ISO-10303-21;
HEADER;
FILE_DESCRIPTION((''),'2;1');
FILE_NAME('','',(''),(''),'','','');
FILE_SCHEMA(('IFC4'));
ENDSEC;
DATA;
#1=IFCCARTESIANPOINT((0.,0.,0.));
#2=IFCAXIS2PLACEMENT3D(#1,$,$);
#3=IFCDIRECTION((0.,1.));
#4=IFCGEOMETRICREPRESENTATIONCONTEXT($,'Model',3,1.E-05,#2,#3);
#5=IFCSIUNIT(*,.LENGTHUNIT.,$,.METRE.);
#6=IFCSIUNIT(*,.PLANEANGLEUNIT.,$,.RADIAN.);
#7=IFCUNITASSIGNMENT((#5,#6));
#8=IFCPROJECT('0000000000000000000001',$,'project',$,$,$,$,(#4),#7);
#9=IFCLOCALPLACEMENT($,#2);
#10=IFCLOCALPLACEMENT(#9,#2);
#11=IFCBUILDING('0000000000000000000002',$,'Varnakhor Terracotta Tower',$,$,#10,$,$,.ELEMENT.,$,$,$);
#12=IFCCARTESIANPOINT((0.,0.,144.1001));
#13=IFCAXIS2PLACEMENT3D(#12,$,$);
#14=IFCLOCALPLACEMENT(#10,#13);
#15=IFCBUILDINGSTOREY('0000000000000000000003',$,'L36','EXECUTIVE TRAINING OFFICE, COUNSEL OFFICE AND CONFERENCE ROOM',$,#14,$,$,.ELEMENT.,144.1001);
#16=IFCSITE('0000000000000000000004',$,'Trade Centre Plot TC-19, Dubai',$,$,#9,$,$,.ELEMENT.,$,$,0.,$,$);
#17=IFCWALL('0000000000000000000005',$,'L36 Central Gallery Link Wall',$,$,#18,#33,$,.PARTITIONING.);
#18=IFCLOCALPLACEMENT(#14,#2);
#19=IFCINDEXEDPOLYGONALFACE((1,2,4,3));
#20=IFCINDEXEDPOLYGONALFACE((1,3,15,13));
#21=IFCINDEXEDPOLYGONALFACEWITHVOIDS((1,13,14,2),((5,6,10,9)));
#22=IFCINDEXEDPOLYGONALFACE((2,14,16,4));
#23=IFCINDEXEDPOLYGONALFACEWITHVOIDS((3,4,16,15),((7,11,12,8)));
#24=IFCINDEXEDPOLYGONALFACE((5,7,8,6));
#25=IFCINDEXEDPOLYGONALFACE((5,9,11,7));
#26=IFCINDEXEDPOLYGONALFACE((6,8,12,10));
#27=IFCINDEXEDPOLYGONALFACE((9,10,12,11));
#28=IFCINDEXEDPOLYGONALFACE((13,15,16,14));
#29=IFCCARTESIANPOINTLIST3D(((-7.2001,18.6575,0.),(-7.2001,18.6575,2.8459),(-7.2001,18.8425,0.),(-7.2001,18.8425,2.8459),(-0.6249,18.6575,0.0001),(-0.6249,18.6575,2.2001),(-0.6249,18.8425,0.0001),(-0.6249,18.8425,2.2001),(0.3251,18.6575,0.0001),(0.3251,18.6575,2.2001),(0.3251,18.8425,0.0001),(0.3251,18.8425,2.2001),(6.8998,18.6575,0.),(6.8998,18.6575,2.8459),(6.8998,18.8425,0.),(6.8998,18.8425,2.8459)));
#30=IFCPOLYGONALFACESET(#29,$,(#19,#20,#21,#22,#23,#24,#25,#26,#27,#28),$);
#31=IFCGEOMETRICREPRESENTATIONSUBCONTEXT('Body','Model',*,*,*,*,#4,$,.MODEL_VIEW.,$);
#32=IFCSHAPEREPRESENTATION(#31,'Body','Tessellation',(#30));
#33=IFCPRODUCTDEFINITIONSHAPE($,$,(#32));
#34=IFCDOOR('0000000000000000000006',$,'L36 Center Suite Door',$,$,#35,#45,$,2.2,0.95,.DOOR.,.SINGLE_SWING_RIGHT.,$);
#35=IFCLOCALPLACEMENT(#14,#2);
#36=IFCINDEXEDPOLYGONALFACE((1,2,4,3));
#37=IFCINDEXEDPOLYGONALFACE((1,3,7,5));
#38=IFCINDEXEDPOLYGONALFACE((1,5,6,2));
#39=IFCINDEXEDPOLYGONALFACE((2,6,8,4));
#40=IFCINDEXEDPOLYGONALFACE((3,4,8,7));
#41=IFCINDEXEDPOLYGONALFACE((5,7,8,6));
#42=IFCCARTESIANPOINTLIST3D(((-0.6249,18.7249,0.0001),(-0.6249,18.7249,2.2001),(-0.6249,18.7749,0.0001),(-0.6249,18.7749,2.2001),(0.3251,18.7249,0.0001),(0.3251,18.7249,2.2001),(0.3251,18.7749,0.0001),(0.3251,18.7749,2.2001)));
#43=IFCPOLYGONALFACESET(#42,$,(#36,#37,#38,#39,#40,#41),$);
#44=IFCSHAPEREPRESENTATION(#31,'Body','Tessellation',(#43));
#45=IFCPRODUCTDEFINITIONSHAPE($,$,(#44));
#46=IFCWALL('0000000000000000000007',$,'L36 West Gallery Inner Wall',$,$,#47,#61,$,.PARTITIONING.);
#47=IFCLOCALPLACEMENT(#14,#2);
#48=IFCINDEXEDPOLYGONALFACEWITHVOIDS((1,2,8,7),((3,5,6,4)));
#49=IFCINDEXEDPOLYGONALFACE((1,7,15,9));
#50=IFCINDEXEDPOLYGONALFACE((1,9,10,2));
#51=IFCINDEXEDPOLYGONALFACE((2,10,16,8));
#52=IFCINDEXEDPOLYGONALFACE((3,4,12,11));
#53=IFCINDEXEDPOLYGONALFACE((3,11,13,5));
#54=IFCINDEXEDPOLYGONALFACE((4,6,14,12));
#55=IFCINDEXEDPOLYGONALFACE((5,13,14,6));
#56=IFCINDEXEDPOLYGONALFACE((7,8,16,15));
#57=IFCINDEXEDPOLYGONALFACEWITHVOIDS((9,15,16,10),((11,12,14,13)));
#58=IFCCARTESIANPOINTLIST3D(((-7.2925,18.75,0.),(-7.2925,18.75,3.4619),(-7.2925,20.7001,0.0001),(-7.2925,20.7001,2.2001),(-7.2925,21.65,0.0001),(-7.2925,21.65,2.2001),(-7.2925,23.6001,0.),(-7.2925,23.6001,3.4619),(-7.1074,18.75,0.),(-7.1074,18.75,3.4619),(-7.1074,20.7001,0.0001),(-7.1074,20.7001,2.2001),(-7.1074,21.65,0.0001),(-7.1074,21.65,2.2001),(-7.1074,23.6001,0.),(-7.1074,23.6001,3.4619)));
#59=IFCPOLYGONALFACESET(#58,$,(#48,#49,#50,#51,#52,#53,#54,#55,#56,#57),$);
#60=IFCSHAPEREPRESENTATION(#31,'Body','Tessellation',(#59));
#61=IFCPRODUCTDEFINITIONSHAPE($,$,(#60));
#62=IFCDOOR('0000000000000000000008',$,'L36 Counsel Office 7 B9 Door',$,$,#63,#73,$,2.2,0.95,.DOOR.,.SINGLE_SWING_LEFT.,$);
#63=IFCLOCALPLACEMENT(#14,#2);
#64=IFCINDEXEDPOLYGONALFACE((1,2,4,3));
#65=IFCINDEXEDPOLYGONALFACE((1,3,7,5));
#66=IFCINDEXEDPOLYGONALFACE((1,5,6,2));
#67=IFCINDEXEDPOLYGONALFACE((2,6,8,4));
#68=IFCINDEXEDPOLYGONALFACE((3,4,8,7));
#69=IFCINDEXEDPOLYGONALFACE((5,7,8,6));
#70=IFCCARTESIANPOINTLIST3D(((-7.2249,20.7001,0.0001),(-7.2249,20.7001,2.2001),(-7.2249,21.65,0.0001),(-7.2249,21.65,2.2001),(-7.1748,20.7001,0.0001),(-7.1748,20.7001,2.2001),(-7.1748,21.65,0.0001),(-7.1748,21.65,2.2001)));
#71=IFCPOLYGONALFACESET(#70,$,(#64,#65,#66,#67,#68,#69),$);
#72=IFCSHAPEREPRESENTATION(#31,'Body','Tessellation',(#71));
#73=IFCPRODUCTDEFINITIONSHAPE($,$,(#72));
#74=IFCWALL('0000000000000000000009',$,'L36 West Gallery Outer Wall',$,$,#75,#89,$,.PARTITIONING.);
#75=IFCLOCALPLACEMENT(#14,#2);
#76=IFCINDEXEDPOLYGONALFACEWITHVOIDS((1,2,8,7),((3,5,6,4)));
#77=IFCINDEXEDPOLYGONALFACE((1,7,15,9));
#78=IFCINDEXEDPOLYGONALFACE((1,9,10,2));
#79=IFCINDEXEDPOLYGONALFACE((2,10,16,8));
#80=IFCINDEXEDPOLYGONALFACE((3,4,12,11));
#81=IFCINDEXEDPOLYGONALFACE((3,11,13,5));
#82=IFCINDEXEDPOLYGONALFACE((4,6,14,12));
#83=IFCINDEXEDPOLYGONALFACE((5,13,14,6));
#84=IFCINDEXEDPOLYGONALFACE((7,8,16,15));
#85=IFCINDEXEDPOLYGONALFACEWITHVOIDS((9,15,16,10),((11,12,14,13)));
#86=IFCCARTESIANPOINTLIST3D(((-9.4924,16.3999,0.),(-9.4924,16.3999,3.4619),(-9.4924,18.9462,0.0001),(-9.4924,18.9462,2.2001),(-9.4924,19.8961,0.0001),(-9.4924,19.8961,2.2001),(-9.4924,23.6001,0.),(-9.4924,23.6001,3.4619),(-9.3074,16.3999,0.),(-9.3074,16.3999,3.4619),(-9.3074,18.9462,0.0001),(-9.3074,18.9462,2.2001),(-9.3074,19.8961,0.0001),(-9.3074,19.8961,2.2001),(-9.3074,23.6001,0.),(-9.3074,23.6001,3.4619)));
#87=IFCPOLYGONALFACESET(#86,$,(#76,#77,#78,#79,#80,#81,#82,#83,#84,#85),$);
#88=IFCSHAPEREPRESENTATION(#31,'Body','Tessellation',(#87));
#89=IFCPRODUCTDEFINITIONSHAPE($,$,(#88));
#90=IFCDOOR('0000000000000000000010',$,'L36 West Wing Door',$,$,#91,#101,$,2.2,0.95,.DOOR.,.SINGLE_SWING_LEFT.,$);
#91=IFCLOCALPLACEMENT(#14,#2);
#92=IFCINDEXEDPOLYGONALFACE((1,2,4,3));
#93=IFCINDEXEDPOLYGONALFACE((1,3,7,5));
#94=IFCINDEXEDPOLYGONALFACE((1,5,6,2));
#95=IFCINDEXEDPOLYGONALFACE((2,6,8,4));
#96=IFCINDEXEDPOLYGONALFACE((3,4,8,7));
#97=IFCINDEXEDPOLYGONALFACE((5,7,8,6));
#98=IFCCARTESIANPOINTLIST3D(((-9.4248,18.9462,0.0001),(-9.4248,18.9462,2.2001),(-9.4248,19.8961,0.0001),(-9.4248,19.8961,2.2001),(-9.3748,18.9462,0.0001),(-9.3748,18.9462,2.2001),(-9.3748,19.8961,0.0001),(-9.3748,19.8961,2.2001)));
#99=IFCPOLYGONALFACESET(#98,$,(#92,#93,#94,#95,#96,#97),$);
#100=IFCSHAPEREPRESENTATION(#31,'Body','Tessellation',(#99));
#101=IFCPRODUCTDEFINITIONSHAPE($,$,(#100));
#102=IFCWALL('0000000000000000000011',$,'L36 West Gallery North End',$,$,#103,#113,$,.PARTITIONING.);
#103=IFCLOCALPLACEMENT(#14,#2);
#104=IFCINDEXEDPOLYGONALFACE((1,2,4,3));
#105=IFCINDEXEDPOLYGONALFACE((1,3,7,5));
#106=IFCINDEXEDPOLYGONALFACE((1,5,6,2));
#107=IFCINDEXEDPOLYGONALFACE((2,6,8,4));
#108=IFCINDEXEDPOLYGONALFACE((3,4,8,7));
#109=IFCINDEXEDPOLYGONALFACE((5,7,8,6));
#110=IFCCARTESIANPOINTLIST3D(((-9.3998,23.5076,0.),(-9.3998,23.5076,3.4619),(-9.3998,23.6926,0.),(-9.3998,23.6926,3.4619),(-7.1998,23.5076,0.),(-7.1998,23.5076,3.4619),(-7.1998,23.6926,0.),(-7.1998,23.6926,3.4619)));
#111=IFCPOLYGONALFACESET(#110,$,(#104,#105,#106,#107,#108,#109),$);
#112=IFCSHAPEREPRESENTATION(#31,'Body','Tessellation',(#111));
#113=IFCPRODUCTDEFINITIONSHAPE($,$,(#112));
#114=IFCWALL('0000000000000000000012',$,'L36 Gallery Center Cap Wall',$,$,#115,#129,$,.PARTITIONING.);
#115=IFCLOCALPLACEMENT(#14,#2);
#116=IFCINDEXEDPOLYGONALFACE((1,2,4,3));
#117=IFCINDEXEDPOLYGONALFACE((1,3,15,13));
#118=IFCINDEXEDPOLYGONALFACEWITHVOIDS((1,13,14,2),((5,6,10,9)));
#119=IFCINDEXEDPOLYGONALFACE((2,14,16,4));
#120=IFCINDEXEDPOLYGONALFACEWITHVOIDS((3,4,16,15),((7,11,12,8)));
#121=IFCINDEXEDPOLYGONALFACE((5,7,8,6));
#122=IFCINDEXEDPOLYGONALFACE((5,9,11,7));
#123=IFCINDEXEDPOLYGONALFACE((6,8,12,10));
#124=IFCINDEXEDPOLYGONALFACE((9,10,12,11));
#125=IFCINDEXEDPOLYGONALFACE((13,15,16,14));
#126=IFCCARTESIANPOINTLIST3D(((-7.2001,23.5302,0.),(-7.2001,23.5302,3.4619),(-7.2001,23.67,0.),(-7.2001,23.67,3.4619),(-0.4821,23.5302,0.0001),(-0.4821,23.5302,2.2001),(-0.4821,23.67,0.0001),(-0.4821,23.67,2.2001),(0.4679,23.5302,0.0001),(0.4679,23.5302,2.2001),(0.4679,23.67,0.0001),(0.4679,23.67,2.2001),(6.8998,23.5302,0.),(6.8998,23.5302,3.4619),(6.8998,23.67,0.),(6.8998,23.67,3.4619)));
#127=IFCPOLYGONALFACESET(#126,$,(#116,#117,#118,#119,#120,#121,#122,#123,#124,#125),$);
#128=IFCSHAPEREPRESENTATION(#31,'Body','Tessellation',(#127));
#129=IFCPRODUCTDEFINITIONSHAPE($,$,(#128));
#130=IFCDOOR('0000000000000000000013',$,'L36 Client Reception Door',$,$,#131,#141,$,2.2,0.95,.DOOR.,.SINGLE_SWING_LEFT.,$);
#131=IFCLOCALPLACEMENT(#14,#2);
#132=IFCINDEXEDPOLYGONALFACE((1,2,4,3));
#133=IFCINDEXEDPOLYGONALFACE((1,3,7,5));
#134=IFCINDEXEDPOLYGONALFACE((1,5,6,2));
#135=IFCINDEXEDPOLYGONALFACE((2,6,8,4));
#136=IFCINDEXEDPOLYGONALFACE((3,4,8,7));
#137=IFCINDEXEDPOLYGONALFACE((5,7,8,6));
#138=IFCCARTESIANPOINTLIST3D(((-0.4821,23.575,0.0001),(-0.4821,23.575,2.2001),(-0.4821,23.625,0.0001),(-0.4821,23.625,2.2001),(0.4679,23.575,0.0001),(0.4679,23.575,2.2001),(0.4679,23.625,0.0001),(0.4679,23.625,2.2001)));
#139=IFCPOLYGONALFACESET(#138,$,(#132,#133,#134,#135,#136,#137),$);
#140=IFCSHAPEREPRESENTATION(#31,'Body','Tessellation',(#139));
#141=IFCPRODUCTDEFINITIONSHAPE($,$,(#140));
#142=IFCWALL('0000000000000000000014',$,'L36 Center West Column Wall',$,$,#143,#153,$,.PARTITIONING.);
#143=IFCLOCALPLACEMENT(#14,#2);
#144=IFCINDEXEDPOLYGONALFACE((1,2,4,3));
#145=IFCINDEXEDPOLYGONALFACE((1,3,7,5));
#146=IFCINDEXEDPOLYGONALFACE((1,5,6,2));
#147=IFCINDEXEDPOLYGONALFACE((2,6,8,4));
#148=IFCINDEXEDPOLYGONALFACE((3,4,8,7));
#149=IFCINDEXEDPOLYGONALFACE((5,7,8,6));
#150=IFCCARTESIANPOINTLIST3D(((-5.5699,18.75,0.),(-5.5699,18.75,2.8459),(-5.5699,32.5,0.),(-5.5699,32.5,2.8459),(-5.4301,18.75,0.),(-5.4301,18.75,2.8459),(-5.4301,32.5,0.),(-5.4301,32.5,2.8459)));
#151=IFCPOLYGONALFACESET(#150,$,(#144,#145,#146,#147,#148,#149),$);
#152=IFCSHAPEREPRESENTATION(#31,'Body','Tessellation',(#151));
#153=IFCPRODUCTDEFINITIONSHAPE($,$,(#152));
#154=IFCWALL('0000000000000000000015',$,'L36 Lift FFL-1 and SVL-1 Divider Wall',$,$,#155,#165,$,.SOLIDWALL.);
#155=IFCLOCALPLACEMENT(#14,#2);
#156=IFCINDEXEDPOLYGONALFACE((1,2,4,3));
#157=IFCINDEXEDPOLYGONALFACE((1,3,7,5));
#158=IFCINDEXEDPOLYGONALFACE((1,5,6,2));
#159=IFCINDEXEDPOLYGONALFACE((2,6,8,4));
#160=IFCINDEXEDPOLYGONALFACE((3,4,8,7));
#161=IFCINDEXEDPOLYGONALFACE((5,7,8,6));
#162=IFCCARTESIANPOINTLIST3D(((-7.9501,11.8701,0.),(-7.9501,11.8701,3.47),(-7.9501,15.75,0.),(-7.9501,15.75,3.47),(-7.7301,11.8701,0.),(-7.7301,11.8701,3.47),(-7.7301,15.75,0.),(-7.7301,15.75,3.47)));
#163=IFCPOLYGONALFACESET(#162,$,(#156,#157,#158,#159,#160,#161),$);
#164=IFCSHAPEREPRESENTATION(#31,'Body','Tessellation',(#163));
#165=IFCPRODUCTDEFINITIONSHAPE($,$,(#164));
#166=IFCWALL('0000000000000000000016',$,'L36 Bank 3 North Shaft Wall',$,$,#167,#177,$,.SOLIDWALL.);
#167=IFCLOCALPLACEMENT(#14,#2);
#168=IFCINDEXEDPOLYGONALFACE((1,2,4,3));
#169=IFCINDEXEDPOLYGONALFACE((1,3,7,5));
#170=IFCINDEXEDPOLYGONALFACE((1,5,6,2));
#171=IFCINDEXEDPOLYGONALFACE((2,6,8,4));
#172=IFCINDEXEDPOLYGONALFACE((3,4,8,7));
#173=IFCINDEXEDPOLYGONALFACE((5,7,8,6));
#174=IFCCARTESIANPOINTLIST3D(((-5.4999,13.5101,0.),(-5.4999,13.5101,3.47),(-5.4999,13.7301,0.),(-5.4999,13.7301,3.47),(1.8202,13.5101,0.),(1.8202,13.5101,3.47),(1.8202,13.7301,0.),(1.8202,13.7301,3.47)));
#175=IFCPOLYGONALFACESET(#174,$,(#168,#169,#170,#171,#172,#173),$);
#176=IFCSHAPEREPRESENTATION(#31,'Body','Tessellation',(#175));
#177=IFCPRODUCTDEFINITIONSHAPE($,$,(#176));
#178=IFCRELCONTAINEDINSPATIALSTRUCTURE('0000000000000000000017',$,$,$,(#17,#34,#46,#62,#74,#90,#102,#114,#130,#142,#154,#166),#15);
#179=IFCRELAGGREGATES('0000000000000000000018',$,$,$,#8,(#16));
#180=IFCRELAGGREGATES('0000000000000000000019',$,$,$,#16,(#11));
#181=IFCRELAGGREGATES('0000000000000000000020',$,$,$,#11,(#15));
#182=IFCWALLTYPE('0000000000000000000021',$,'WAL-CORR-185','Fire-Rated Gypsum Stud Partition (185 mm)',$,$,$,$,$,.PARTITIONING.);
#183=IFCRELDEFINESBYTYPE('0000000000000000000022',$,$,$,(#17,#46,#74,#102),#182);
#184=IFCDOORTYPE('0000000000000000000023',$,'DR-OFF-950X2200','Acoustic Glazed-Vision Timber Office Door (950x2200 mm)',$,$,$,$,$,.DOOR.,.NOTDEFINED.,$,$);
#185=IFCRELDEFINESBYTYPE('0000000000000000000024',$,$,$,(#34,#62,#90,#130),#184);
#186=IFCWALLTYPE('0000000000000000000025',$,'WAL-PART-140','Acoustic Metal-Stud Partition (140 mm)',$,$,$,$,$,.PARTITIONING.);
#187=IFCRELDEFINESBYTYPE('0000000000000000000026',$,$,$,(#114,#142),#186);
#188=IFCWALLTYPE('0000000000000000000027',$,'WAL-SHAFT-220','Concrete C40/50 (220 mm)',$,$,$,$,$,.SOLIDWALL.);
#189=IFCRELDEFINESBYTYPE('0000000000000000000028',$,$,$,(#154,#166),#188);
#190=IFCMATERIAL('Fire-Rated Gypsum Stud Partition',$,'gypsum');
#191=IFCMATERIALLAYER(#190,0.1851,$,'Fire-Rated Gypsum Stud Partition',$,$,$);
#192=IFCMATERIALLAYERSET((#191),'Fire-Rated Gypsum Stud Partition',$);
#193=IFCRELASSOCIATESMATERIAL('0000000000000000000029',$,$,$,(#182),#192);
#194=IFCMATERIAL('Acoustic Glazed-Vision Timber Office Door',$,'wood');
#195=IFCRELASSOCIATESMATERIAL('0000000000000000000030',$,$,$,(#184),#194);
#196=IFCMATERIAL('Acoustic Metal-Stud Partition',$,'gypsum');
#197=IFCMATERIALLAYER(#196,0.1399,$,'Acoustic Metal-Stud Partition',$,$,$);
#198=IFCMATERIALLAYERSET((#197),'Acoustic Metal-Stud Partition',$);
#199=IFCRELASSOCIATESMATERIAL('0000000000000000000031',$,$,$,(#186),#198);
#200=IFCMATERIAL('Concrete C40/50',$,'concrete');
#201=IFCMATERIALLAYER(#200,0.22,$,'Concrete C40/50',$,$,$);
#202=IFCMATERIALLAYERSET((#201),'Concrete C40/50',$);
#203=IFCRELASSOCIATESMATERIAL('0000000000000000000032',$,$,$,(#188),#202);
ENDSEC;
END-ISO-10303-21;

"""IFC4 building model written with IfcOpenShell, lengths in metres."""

from ifc_helpers import new_model, si_unit, direction, frame, frame_2d, origin, place, context, subcontext, project, spatial, rectangle, extrude, source, transform, mapped, material, layer, layer_set, type_object, type_shapes, element, fill, save


model = new_model("IFC4")

# Units and contexts
model_context = context("Model", 3, precision=1e-05, world=origin(), true_north=direction((0.0, 1.0)))
body_context = subcontext(model_context, "Body", "Model", "MODEL_VIEW")
ifc_project = project(units=[si_unit("LENGTHUNIT", "METRE"), si_unit("PLANEANGLEUNIT", "RADIAN")], contexts=[model_context])

# Site, building, storey
site_placement = place(None, origin())
site = spatial("IfcSite", under=ifc_project, at=site_placement, Name="Trade Centre Plot TC-19, Dubai", CompositionType="ELEMENT", RefElevation=0.0)
building_placement = place(site_placement, origin())
building = spatial("IfcBuilding", under=site, at=building_placement, Name="Varnakhor Terracotta Tower", CompositionType="ELEMENT")
storey_placement = place(building_placement, frame((0.0, 0.0, 144.1001)))
storey = spatial("IfcBuildingStorey", under=building, at=storey_placement, Name="L36", Description="EXECUTIVE TRAINING OFFICE, COUNSEL OFFICE AND CONFERENCE ROOM", CompositionType="ELEMENT", Elevation=144.1001)

# Walls, openings, doors
ifc_material_1 = material(Name="Fire-Rated Gypsum Stud Partition", Category="gypsum")
ifc_layer_1 = layer(ifc_material_1, 0.1851, Name="Fire-Rated Gypsum Stud Partition")
ifc_layer_set_1 = layer_set([ifc_layer_1], Name="Fire-Rated Gypsum Stud Partition")
wall_type_1 = type_object("IfcWallType", Name="WAL-CORR-185", Description="Fire-Rated Gypsum Stud Partition (185 mm)", PredefinedType="PARTITIONING", material=ifc_layer_set_1)
wall_1_placement = place(storey_placement, frame((-7.2, 18.75, 0.0), z_axis=(0.0, 0.0, 1.0), x_axis=(1.0, 0.0, 0.0)))
wall_1 = element("IfcWall", 1, at=wall_1_placement, inside=storey, type_object=wall_type_1, Name="L36 Central Gallery Link Wall", PredefinedType="PARTITIONING", context=body_context, shape_type="SweptSolid", body=[
    extrude(rectangle(XDim=14.0999, YDim=0.1851, at=frame_2d((7.0498, 0.0))), origin(), (0.0, 0.0, 1.0), 2.8459),
])
opening_1_placement = place(wall_1_placement, frame((6.575, 0.0, 0.0)))
opening_1 = element("IfcOpeningElement", 2, at=opening_1_placement, cuts=wall_1, PredefinedType="OPENING", context=body_context, shape_type="SweptSolid", body=[
    extrude(rectangle(XDim=0.95, YDim=2.2, at=frame_2d((0.4751, 1.1001))), frame((0.0, 0.1025, 0.0), z_axis=(0.0, -1.0, 0.0), x_axis=(1.0, 0.0, 0.0)), (0.0, 0.0, 1.0), 0.2051),
])
ifc_material_2 = material(Name="Acoustic Glazed-Vision Timber Office Door", Category="wood")
door_type_1 = type_object("IfcDoorType", Name="DR-OFF-950X2200", Description="Acoustic Glazed-Vision Timber Office Door (950x2200 mm)", OperationType="NOTDEFINED", PredefinedType="DOOR", material=ifc_material_2)
shared_shape_1 = source(origin(), body_context, "Body", "SweptSolid", [
    extrude(rectangle(XDim=0.95, YDim=2.2, at=frame_2d((0.4751, 1.1001))), frame((0.0, 0.0249, 0.0), z_axis=(0.0, -1.0, 0.0), x_axis=(1.0, 0.0, 0.0)), (0.0, 0.0, 1.0), 0.05),
])
type_shapes(door_type_1, [shared_shape_1])
door_1_placement = place(opening_1_placement, origin())
door_1 = element("IfcDoor", 3, at=door_1_placement, inside=storey, type_object=door_type_1, Name="L36 Center Suite Door", OperationType="SINGLE_SWING_RIGHT", OverallHeight=2.2, OverallWidth=0.95, PredefinedType="DOOR", context=body_context, shape_type="MappedRepresentation", body=[
    mapped(shared_shape_1, transform((0.0, 0.0, 0.0), scale=1.0)),
])
fill(opening_1, door_1)
wall_2_placement = place(storey_placement, frame((-7.2, 18.75, 0.0), z_axis=(0.0, 0.0, 1.0), x_axis=(0.0, 1.0, 0.0)))
wall_2 = element("IfcWall", 4, at=wall_2_placement, inside=storey, type_object=wall_type_1, Name="L36 West Gallery Inner Wall", PredefinedType="PARTITIONING", context=body_context, shape_type="SweptSolid", body=[
    extrude(rectangle(XDim=4.8501, YDim=0.1851, at=frame_2d((2.425, 0.0))), origin(), (0.0, 0.0, 1.0), 3.4619),
])
opening_2_placement = place(wall_2_placement, frame((1.95, 0.0, 0.0)))
opening_2 = element("IfcOpeningElement", 5, at=opening_2_placement, cuts=wall_2, PredefinedType="OPENING", context=body_context, shape_type="SweptSolid", body=[
    extrude(rectangle(XDim=0.95, YDim=2.2, at=frame_2d((0.4751, 1.1001))), frame((0.0, 0.1025, 0.0), z_axis=(0.0, -1.0, 0.0), x_axis=(1.0, 0.0, 0.0)), (0.0, 0.0, 1.0), 0.2051),
])
door_2_placement = place(opening_2_placement, origin())
door_2 = element("IfcDoor", 6, at=door_2_placement, inside=storey, type_object=door_type_1, Name="L36 Counsel Office 7 B9 Door", OperationType="SINGLE_SWING_LEFT", OverallHeight=2.2, OverallWidth=0.95, PredefinedType="DOOR", context=body_context, shape_type="MappedRepresentation", body=[
    mapped(shared_shape_1, transform((0.0, 0.0, 0.0), scale=1.0)),
])
fill(opening_2, door_2)
wall_3_placement = place(storey_placement, frame((-9.3999, 16.3999, 0.0), z_axis=(0.0, 0.0, 1.0), x_axis=(0.0, 1.0, 0.0)))
wall_3 = element("IfcWall", 7, at=wall_3_placement, inside=storey, type_object=wall_type_1, Name="L36 West Gallery Outer Wall", PredefinedType="PARTITIONING", context=body_context, shape_type="SweptSolid", body=[
    extrude(rectangle(XDim=7.2002, YDim=0.1851, at=frame_2d((3.6001, 0.0))), origin(), (0.0, 0.0, 1.0), 3.4619),
])
opening_3_placement = place(wall_3_placement, frame((2.5461, 0.0, 0.0)))
opening_3 = element("IfcOpeningElement", 8, at=opening_3_placement, cuts=wall_3, PredefinedType="OPENING", context=body_context, shape_type="SweptSolid", body=[
    extrude(rectangle(XDim=0.95, YDim=2.2, at=frame_2d((0.4751, 1.1001))), frame((0.0, 0.1025, 0.0), z_axis=(0.0, -1.0, 0.0), x_axis=(1.0, 0.0, 0.0)), (0.0, 0.0, 1.0), 0.2051),
])
door_3_placement = place(opening_3_placement, origin())
door_3 = element("IfcDoor", 9, at=door_3_placement, inside=storey, type_object=door_type_1, Name="L36 West Wing Door", OperationType="SINGLE_SWING_LEFT", OverallHeight=2.2, OverallWidth=0.95, PredefinedType="DOOR", context=body_context, shape_type="MappedRepresentation", body=[
    mapped(shared_shape_1, transform((0.0, 0.0, 0.0), scale=1.0)),
])
fill(opening_3, door_3)

# Wall
wall_4_placement = place(storey_placement, frame((-9.3999, 23.6001, 0.0), z_axis=(0.0, 0.0, 1.0), x_axis=(1.0, 0.0, 0.0)))
element("IfcWall", 10, at=wall_4_placement, inside=storey, type_object=wall_type_1, Name="L36 West Gallery North End", PredefinedType="PARTITIONING", context=body_context, shape_type="SweptSolid", body=[
    extrude(rectangle(XDim=2.2, YDim=0.1851, at=frame_2d((1.1001, 0.0))), origin(), (0.0, 0.0, 1.0), 3.4619),
])

# Wall, opening, door
ifc_material_3 = material(Name="Acoustic Metal-Stud Partition", Category="gypsum")
ifc_layer_2 = layer(ifc_material_3, 0.1399, Name="Acoustic Metal-Stud Partition")
ifc_layer_set_2 = layer_set([ifc_layer_2], Name="Acoustic Metal-Stud Partition")
wall_type_2 = type_object("IfcWallType", Name="WAL-PART-140", Description="Acoustic Metal-Stud Partition (140 mm)", PredefinedType="PARTITIONING", material=ifc_layer_set_2)
wall_5_placement = place(storey_placement, frame((-7.2, 23.6001, 0.0), z_axis=(0.0, 0.0, 1.0), x_axis=(1.0, 0.0, 0.0)))
wall_5 = element("IfcWall", 11, at=wall_5_placement, inside=storey, type_object=wall_type_2, Name="L36 Gallery Center Cap Wall", PredefinedType="PARTITIONING", context=body_context, shape_type="SweptSolid", body=[
    extrude(rectangle(XDim=14.0999, YDim=0.1399, at=frame_2d((7.0498, 0.0))), origin(), (0.0, 0.0, 1.0), 3.4619),
])
opening_4_placement = place(wall_5_placement, frame((6.7178, 0.0, 0.0)))
opening_4 = element("IfcOpeningElement", 12, at=opening_4_placement, cuts=wall_5, PredefinedType="OPENING", context=body_context, shape_type="SweptSolid", body=[
    extrude(rectangle(XDim=0.95, YDim=2.2, at=frame_2d((0.4751, 1.1001))), frame((0.0, 0.0801, 0.0), z_axis=(0.0, -1.0, 0.0), x_axis=(1.0, 0.0, 0.0)), (0.0, 0.0, 1.0), 0.1599),
])
door_4_placement = place(opening_4_placement, origin())
door_4 = element("IfcDoor", 13, at=door_4_placement, inside=storey, type_object=door_type_1, Name="L36 Client Reception Door", OperationType="SINGLE_SWING_LEFT", OverallHeight=2.2, OverallWidth=0.95, PredefinedType="DOOR", context=body_context, shape_type="MappedRepresentation", body=[
    mapped(shared_shape_1, transform((0.0, 0.0, 0.0), scale=1.0)),
])
fill(opening_4, door_4)

# Walls
wall_6_placement = place(storey_placement, frame((-5.5, 18.75, 0.0), z_axis=(0.0, 0.0, 1.0), x_axis=(0.0, 1.0, 0.0)))
element("IfcWall", 14, at=wall_6_placement, inside=storey, type_object=wall_type_2, Name="L36 Center West Column Wall", PredefinedType="PARTITIONING", context=body_context, shape_type="SweptSolid", body=[
    extrude(rectangle(XDim=13.75, YDim=0.1399, at=frame_2d((6.875, 0.0))), origin(), (0.0, 0.0, 1.0), 2.8459),
])
ifc_material_4 = material(Name="Concrete C40/50", Category="concrete")
ifc_layer_3 = layer(ifc_material_4, 0.22, Name="Concrete C40/50")
ifc_layer_set_3 = layer_set([ifc_layer_3], Name="Concrete C40/50")
wall_type_3 = type_object("IfcWallType", Name="WAL-SHAFT-220", Description="Concrete C40/50 (220 mm)", PredefinedType="SOLIDWALL", material=ifc_layer_set_3)
wall_7_placement = place(storey_placement, frame((-7.8401, 11.8701, 0.0), z_axis=(0.0, 0.0, 1.0), x_axis=(0.0, 1.0, 0.0)))
element("IfcWall", 15, at=wall_7_placement, inside=storey, type_object=wall_type_3, Name="L36 Lift FFL-1 and SVL-1 Divider Wall", PredefinedType="SOLIDWALL", context=body_context, shape_type="SweptSolid", body=[
    extrude(rectangle(XDim=3.8799, YDim=0.22, at=frame_2d((1.9399, 0.0))), origin(), (0.0, 0.0, 1.0), 3.47),
])
wall_8_placement = place(storey_placement, frame((-5.5, 13.6201, 0.0), z_axis=(0.0, 0.0, 1.0), x_axis=(1.0, 0.0, 0.0)))
element("IfcWall", 16, at=wall_8_placement, inside=storey, type_object=wall_type_3, Name="L36 Bank 3 North Shaft Wall", PredefinedType="SOLIDWALL", context=body_context, shape_type="SweptSolid", body=[
    extrude(rectangle(XDim=7.3201, YDim=0.22, at=frame_2d((3.6602, 0.0))), origin(), (0.0, 0.0, 1.0), 3.47),
])

save(model, "model.ifc")
